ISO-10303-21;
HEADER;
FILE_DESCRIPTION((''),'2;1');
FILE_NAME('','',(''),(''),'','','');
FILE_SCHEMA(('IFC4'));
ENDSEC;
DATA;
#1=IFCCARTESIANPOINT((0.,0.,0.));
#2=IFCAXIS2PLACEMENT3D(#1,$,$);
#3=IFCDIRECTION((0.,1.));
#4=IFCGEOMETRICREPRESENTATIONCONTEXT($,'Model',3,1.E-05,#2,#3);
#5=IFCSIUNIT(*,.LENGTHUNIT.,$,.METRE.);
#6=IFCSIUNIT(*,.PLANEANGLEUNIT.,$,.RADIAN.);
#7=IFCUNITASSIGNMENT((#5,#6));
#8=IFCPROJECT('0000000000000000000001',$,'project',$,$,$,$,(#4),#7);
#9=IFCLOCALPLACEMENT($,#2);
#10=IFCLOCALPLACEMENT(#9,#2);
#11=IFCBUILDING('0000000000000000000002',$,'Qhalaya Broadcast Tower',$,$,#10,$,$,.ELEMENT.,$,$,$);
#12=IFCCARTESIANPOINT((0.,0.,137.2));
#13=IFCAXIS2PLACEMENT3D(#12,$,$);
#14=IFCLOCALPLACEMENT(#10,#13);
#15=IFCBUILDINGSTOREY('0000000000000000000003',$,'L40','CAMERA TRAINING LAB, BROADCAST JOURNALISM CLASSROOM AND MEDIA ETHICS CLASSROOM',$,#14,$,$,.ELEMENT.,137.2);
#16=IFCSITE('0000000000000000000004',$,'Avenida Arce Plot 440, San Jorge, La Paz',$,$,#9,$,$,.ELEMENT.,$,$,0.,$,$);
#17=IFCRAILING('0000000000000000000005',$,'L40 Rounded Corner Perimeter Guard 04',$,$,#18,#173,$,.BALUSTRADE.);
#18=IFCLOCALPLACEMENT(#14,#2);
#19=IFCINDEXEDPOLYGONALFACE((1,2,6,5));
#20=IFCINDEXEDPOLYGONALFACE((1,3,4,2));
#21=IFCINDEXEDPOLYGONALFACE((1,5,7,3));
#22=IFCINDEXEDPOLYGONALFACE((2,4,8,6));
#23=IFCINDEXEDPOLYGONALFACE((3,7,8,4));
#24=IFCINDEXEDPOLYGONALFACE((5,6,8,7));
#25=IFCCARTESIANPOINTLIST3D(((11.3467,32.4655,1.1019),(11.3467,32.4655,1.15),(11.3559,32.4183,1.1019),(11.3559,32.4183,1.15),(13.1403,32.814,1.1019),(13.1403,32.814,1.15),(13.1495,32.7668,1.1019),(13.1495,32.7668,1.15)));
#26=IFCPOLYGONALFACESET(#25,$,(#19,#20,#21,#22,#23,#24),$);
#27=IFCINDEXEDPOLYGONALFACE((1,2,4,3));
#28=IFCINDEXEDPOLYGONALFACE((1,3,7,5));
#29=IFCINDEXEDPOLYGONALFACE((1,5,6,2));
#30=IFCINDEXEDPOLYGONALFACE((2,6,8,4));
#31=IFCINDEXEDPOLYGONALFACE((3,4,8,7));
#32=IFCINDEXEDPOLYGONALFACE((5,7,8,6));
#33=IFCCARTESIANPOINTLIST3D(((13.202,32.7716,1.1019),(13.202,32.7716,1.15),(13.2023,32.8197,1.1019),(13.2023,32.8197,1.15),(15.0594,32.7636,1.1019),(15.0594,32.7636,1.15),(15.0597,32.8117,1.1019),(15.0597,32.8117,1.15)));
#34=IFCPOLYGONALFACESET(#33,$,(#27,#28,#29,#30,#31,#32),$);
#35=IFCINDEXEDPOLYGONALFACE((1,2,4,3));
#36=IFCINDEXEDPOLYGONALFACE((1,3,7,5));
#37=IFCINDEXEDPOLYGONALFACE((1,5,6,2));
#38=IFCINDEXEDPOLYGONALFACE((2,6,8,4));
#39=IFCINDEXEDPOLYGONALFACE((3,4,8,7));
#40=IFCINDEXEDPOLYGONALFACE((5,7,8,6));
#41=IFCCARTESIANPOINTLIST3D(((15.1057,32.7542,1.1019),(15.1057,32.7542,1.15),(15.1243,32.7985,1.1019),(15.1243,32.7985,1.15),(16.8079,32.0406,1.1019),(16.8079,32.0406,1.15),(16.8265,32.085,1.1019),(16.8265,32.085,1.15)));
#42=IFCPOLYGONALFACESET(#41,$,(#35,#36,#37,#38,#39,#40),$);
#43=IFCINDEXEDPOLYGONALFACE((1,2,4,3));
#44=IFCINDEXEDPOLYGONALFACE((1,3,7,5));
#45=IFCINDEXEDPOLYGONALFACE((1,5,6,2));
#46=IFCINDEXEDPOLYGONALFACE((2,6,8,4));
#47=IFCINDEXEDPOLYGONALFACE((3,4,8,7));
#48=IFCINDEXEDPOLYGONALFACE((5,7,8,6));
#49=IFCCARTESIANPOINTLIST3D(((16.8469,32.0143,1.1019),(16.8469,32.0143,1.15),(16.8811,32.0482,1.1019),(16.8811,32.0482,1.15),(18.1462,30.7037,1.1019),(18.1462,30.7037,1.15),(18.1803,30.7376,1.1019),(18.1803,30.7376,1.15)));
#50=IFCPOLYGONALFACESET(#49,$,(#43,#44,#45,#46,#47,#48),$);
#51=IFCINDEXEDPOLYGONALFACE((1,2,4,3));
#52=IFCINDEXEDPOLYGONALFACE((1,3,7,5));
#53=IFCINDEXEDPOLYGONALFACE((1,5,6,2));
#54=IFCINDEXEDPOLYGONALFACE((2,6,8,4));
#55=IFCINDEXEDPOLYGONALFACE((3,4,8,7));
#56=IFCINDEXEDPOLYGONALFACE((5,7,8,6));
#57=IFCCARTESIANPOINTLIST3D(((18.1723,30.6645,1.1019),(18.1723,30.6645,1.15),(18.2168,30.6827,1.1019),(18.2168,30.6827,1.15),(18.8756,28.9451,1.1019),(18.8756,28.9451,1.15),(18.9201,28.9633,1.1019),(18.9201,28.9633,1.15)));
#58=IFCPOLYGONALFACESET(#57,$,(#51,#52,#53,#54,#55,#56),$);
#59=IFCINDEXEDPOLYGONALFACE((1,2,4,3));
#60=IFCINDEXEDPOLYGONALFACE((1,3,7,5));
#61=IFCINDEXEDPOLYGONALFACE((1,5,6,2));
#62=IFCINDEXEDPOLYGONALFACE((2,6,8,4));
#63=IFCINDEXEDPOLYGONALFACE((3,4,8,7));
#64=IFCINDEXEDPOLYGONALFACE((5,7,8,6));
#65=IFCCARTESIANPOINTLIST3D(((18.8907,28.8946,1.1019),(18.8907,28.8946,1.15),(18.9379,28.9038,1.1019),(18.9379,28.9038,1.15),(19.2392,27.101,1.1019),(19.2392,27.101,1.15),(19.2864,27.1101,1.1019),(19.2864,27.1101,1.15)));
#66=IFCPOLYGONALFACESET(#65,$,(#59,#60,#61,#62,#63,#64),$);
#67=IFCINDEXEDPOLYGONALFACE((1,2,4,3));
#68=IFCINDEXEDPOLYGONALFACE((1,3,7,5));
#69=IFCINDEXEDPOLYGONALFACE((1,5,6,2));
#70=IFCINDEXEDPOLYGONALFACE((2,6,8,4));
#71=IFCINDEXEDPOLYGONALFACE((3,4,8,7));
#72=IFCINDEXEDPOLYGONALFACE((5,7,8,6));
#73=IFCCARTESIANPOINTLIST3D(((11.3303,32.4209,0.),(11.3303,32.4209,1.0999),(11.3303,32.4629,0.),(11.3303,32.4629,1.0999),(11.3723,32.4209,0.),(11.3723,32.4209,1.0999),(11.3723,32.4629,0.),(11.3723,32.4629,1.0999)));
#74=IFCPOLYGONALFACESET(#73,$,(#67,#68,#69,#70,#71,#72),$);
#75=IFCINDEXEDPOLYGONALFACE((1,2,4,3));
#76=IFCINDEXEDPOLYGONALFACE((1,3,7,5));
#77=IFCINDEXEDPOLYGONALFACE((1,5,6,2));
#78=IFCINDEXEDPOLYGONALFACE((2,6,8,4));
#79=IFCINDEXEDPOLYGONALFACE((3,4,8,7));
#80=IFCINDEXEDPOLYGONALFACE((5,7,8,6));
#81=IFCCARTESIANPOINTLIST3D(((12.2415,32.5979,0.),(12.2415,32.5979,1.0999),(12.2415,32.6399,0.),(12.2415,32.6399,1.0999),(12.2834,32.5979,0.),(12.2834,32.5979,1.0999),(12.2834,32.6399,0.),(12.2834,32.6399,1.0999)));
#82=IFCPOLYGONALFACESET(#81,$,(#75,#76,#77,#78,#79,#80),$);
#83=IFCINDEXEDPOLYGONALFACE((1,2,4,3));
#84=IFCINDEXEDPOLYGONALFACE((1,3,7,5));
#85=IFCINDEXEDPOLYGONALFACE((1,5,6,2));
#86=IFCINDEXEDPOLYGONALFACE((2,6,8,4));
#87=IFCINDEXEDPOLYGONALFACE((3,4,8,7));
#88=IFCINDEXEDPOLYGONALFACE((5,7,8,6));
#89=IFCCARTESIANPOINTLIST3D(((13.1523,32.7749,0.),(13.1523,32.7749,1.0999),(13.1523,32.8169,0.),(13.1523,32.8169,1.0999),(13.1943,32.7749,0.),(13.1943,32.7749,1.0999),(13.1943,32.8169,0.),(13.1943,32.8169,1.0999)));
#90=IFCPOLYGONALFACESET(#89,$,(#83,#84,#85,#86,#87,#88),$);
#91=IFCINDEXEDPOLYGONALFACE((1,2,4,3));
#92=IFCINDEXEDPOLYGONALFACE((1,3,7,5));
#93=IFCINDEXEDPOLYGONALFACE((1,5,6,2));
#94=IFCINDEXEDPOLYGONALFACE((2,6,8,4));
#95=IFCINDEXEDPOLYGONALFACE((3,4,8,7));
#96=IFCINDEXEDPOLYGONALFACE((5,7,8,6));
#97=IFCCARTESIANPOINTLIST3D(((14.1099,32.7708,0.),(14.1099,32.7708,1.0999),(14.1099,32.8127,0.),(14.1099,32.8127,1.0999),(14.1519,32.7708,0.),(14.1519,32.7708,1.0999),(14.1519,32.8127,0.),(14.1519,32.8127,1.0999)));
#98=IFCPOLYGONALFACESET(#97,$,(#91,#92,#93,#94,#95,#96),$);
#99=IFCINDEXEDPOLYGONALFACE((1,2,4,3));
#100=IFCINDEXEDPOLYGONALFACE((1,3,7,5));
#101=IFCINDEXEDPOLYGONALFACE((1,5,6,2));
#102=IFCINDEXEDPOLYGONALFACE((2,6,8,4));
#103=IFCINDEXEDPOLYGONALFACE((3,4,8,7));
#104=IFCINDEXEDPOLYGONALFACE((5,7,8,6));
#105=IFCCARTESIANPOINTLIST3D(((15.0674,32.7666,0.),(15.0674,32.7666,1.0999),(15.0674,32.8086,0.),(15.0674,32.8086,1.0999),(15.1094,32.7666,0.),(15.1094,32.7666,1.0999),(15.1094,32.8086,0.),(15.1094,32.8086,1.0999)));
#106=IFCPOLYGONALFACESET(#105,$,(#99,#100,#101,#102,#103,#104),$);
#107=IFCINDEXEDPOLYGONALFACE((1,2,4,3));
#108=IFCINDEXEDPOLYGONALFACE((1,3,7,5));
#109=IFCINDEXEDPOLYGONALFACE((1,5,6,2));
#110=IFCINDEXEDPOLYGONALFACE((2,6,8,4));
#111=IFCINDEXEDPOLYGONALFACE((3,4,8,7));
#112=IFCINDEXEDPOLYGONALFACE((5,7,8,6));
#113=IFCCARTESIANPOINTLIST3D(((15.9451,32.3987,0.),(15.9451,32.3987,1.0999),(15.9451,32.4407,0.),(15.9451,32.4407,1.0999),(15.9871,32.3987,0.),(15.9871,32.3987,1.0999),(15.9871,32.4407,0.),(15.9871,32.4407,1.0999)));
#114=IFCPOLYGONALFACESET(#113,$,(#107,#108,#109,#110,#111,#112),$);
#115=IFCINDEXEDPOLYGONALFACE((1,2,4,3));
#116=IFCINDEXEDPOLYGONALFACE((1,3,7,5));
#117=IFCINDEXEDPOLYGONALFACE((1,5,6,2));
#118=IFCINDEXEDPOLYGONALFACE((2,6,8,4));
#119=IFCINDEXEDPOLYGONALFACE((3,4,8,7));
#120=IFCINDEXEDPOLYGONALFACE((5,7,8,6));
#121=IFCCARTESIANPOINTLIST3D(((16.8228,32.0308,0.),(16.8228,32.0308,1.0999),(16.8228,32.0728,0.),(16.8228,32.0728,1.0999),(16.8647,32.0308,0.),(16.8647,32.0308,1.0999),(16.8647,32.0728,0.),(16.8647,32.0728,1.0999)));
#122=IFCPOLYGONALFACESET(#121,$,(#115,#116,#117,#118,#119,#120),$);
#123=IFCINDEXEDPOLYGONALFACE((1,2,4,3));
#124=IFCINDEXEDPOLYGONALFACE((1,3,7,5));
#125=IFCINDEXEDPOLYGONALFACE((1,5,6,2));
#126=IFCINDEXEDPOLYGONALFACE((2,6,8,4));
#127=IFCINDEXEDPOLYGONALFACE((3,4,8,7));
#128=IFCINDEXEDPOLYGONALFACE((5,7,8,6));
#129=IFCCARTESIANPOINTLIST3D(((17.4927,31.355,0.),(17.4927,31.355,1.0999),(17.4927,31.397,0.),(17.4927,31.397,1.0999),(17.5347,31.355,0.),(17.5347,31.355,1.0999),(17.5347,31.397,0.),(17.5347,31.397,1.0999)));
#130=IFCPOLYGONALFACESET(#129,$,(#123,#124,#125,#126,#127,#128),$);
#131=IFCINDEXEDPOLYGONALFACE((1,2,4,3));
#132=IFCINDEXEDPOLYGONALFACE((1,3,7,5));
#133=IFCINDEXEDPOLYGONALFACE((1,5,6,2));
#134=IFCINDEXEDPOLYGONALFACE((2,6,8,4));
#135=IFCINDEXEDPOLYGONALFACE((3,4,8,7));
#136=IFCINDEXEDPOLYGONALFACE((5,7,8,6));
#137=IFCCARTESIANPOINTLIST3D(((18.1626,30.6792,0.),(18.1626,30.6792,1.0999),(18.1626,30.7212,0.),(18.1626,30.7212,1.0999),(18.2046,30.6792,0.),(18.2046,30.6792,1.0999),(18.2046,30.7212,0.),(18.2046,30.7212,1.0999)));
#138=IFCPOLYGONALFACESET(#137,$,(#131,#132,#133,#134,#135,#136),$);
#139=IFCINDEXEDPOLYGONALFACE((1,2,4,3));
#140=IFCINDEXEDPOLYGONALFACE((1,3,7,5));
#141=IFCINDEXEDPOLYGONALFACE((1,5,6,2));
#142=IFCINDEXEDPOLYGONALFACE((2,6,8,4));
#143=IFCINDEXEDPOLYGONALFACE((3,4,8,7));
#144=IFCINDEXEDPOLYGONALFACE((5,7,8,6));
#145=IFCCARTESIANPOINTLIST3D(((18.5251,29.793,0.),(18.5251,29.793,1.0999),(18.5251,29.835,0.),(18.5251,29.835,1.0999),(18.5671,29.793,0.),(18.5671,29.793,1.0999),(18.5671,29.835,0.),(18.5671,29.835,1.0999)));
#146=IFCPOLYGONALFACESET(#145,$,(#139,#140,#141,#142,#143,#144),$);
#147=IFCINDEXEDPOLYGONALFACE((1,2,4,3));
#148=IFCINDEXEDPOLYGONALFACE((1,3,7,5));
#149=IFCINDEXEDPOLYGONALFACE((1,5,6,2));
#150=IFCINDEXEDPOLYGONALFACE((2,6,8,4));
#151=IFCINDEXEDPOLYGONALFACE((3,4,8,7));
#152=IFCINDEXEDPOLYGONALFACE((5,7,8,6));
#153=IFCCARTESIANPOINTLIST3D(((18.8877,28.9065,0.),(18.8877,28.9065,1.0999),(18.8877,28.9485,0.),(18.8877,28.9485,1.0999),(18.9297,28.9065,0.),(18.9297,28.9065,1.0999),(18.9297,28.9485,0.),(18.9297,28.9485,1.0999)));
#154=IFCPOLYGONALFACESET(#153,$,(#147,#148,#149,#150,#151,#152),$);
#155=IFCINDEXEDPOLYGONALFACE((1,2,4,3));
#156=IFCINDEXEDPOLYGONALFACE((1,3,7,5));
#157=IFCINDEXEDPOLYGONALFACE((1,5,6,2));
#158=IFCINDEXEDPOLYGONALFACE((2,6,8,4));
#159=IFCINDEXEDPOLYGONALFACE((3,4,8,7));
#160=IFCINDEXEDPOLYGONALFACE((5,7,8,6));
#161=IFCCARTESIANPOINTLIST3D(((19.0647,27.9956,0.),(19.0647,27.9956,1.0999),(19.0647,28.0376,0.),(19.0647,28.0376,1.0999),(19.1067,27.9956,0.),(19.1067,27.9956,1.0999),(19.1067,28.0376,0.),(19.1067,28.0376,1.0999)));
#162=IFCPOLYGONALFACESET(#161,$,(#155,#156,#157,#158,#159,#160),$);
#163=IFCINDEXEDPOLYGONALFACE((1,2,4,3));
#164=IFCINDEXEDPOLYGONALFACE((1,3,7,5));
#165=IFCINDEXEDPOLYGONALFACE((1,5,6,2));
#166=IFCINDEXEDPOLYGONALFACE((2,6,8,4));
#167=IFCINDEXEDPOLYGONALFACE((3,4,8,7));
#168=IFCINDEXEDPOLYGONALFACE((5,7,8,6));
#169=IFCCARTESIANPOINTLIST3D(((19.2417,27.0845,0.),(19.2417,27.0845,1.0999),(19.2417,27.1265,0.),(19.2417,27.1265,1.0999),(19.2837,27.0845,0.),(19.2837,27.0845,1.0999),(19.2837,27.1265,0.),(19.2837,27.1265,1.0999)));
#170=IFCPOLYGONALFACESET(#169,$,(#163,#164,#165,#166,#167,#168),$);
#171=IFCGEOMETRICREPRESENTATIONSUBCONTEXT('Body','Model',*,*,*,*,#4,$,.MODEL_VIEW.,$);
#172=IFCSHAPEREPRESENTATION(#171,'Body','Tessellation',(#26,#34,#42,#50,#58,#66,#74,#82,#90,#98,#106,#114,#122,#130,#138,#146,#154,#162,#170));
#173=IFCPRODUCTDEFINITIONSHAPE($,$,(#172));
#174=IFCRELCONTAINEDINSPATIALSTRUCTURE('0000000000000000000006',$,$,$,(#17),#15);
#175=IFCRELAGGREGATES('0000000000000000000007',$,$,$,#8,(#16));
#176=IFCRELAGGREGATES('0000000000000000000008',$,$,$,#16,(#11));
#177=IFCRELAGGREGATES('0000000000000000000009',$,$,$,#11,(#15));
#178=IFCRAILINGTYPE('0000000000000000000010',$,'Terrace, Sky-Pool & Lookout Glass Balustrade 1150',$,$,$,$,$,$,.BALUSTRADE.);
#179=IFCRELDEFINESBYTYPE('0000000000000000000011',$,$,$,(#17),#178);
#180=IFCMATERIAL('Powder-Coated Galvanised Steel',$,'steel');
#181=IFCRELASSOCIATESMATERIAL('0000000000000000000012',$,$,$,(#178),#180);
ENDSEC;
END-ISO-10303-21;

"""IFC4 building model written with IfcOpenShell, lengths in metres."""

from ifc_helpers import new_model, si_unit, direction, frame, origin, origin_2d, place, context, subcontext, project, spatial, rectangle, extrude, material, type_object, element, save


model = new_model("IFC4")

# Units and contexts
model_context = context("Model", 3, precision=1e-05, world=origin(), true_north=direction((0.0, 1.0)))
body_context = subcontext(model_context, "Body", "Model", "MODEL_VIEW")
ifc_project = project(units=[si_unit("LENGTHUNIT", "METRE"), si_unit("PLANEANGLEUNIT", "RADIAN")], contexts=[model_context])

# Site, building, storey
site_placement = place(None, origin())
site = spatial("IfcSite", under=ifc_project, at=site_placement, Name="Avenida Arce Plot 440, San Jorge, La Paz", CompositionType="ELEMENT", RefElevation=0.0)
building_placement = place(site_placement, origin())
building = spatial("IfcBuilding", under=site, at=building_placement, Name="Qhalaya Broadcast Tower", CompositionType="ELEMENT")
storey_placement = place(building_placement, frame((0.0, 0.0, 137.2)))
storey = spatial("IfcBuildingStorey", under=building, at=storey_placement, Name="L40", Description="CAMERA TRAINING LAB, BROADCAST JOURNALISM CLASSROOM AND MEDIA ETHICS CLASSROOM", CompositionType="ELEMENT", Elevation=137.2)

# Railing
ifc_material_1 = material(Name="Powder-Coated Galvanised Steel", Category="steel")
railing_type = type_object("IfcRailingType", Name="Terrace, Sky-Pool & Lookout Glass Balustrade 1150", PredefinedType="BALUSTRADE", material=ifc_material_1)
railing_placement = place(storey_placement, frame((11.3513, 32.4419, 0.0)))
element("IfcRailing", 1, at=railing_placement, inside=storey, type_object=railing_type, Name="L40 Rounded Corner Perimeter Guard 04", PredefinedType="BALUSTRADE", context=body_context, shape_type="SweptSolid", body=[
    extrude(rectangle(XDim=0.0481, YDim=0.0481, at=origin_2d()), frame((0.0, 0.0, 1.126), z_axis=(0.981643, 0.190725, 0.0), x_axis=(-0.190725, 0.981643, 0.0)), (0.0, 0.0, 1.0), 1.8271),
    extrude(rectangle(XDim=0.0481, YDim=0.0481, at=origin_2d()), frame((1.8508, 0.3538, 1.126), z_axis=(0.999991, -0.004334, 0.0), x_axis=(0.004334, 0.999991, 0.0)), (0.0, 0.0, 1.0), 1.8574),
    extrude(rectangle(XDim=0.0481, YDim=0.0481, at=origin_2d()), frame((3.7637, 0.3345, 1.126), z_axis=(0.922247, -0.3866, 0.0), x_axis=(0.3866, 0.922247, 0.0)), (0.0, 0.0, 1.0), 1.8457),
    extrude(rectangle(XDim=0.0481, YDim=0.0481, at=origin_2d()), frame((5.5127, -0.4106, 1.126), z_axis=(0.704021, -0.710179, 0.0), x_axis=(0.710179, 0.704021, 0.0)), (0.0, 0.0, 1.0), 1.8455),
    extrude(rectangle(XDim=0.0481, YDim=0.0481, at=origin_2d()), frame((6.8433, -1.7683, 1.126), z_axis=(0.378588, -0.925565, 0.0), x_axis=(0.925565, 0.378588, 0.0)), (0.0, 0.0, 1.0), 1.8577),
    extrude(rectangle(XDim=0.0481, YDim=0.0481, at=origin_2d()), frame((7.563, -3.5427, 1.126), z_axis=(0.190725, -0.981643, 0.0), x_axis=(0.981643, 0.190725, 0.0)), (0.0, 0.0, 1.0), 1.8271),
    extrude(rectangle(XDim=0.042, YDim=0.042, at=origin_2d()), origin(), (0.0, 0.0, 1.0), 1.0999),
    extrude(rectangle(XDim=0.042, YDim=0.042, at=origin_2d()), frame((0.9111, 0.177, 0.0)), (0.0, 0.0, 1.0), 1.0999),
    extrude(rectangle(XDim=0.042, YDim=0.042, at=origin_2d()), frame((1.822, 0.354, 0.0)), (0.0, 0.0, 1.0), 1.0999),
    extrude(rectangle(XDim=0.042, YDim=0.042, at=origin_2d()), frame((2.7795, 0.3499, 0.0)), (0.0, 0.0, 1.0), 1.0999),
    extrude(rectangle(XDim=0.042, YDim=0.042, at=origin_2d()), frame((3.7371, 0.3457, 0.0)), (0.0, 0.0, 1.0), 1.0999),
    extrude(rectangle(XDim=0.042, YDim=0.042, at=origin_2d()), frame((4.6147, -0.0222, 0.0)), (0.0, 0.0, 1.0), 1.0999),
    extrude(rectangle(XDim=0.042, YDim=0.042, at=origin_2d()), frame((5.4924, -0.3901, 0.0)), (0.0, 0.0, 1.0), 1.0999),
    extrude(rectangle(XDim=0.042, YDim=0.042, at=origin_2d()), frame((6.1624, -1.0659, 0.0)), (0.0, 0.0, 1.0), 1.0999),
    extrude(rectangle(XDim=0.042, YDim=0.042, at=origin_2d()), frame((6.8323, -1.7417, 0.0)), (0.0, 0.0, 1.0), 1.0999),
    extrude(rectangle(XDim=0.042, YDim=0.042, at=origin_2d()), frame((7.1948, -2.6279, 0.0)), (0.0, 0.0, 1.0), 1.0999),
    extrude(rectangle(XDim=0.042, YDim=0.042, at=origin_2d()), frame((7.5574, -3.5144, 0.0)), (0.0, 0.0, 1.0), 1.0999),
    extrude(rectangle(XDim=0.042, YDim=0.042, at=origin_2d()), frame((7.7344, -4.4253, 0.0)), (0.0, 0.0, 1.0), 1.0999),
    extrude(rectangle(XDim=0.042, YDim=0.042, at=origin_2d()), frame((7.9114, -5.3364, 0.0)), (0.0, 0.0, 1.0), 1.0999),
])

save(model, "model.ifc")
